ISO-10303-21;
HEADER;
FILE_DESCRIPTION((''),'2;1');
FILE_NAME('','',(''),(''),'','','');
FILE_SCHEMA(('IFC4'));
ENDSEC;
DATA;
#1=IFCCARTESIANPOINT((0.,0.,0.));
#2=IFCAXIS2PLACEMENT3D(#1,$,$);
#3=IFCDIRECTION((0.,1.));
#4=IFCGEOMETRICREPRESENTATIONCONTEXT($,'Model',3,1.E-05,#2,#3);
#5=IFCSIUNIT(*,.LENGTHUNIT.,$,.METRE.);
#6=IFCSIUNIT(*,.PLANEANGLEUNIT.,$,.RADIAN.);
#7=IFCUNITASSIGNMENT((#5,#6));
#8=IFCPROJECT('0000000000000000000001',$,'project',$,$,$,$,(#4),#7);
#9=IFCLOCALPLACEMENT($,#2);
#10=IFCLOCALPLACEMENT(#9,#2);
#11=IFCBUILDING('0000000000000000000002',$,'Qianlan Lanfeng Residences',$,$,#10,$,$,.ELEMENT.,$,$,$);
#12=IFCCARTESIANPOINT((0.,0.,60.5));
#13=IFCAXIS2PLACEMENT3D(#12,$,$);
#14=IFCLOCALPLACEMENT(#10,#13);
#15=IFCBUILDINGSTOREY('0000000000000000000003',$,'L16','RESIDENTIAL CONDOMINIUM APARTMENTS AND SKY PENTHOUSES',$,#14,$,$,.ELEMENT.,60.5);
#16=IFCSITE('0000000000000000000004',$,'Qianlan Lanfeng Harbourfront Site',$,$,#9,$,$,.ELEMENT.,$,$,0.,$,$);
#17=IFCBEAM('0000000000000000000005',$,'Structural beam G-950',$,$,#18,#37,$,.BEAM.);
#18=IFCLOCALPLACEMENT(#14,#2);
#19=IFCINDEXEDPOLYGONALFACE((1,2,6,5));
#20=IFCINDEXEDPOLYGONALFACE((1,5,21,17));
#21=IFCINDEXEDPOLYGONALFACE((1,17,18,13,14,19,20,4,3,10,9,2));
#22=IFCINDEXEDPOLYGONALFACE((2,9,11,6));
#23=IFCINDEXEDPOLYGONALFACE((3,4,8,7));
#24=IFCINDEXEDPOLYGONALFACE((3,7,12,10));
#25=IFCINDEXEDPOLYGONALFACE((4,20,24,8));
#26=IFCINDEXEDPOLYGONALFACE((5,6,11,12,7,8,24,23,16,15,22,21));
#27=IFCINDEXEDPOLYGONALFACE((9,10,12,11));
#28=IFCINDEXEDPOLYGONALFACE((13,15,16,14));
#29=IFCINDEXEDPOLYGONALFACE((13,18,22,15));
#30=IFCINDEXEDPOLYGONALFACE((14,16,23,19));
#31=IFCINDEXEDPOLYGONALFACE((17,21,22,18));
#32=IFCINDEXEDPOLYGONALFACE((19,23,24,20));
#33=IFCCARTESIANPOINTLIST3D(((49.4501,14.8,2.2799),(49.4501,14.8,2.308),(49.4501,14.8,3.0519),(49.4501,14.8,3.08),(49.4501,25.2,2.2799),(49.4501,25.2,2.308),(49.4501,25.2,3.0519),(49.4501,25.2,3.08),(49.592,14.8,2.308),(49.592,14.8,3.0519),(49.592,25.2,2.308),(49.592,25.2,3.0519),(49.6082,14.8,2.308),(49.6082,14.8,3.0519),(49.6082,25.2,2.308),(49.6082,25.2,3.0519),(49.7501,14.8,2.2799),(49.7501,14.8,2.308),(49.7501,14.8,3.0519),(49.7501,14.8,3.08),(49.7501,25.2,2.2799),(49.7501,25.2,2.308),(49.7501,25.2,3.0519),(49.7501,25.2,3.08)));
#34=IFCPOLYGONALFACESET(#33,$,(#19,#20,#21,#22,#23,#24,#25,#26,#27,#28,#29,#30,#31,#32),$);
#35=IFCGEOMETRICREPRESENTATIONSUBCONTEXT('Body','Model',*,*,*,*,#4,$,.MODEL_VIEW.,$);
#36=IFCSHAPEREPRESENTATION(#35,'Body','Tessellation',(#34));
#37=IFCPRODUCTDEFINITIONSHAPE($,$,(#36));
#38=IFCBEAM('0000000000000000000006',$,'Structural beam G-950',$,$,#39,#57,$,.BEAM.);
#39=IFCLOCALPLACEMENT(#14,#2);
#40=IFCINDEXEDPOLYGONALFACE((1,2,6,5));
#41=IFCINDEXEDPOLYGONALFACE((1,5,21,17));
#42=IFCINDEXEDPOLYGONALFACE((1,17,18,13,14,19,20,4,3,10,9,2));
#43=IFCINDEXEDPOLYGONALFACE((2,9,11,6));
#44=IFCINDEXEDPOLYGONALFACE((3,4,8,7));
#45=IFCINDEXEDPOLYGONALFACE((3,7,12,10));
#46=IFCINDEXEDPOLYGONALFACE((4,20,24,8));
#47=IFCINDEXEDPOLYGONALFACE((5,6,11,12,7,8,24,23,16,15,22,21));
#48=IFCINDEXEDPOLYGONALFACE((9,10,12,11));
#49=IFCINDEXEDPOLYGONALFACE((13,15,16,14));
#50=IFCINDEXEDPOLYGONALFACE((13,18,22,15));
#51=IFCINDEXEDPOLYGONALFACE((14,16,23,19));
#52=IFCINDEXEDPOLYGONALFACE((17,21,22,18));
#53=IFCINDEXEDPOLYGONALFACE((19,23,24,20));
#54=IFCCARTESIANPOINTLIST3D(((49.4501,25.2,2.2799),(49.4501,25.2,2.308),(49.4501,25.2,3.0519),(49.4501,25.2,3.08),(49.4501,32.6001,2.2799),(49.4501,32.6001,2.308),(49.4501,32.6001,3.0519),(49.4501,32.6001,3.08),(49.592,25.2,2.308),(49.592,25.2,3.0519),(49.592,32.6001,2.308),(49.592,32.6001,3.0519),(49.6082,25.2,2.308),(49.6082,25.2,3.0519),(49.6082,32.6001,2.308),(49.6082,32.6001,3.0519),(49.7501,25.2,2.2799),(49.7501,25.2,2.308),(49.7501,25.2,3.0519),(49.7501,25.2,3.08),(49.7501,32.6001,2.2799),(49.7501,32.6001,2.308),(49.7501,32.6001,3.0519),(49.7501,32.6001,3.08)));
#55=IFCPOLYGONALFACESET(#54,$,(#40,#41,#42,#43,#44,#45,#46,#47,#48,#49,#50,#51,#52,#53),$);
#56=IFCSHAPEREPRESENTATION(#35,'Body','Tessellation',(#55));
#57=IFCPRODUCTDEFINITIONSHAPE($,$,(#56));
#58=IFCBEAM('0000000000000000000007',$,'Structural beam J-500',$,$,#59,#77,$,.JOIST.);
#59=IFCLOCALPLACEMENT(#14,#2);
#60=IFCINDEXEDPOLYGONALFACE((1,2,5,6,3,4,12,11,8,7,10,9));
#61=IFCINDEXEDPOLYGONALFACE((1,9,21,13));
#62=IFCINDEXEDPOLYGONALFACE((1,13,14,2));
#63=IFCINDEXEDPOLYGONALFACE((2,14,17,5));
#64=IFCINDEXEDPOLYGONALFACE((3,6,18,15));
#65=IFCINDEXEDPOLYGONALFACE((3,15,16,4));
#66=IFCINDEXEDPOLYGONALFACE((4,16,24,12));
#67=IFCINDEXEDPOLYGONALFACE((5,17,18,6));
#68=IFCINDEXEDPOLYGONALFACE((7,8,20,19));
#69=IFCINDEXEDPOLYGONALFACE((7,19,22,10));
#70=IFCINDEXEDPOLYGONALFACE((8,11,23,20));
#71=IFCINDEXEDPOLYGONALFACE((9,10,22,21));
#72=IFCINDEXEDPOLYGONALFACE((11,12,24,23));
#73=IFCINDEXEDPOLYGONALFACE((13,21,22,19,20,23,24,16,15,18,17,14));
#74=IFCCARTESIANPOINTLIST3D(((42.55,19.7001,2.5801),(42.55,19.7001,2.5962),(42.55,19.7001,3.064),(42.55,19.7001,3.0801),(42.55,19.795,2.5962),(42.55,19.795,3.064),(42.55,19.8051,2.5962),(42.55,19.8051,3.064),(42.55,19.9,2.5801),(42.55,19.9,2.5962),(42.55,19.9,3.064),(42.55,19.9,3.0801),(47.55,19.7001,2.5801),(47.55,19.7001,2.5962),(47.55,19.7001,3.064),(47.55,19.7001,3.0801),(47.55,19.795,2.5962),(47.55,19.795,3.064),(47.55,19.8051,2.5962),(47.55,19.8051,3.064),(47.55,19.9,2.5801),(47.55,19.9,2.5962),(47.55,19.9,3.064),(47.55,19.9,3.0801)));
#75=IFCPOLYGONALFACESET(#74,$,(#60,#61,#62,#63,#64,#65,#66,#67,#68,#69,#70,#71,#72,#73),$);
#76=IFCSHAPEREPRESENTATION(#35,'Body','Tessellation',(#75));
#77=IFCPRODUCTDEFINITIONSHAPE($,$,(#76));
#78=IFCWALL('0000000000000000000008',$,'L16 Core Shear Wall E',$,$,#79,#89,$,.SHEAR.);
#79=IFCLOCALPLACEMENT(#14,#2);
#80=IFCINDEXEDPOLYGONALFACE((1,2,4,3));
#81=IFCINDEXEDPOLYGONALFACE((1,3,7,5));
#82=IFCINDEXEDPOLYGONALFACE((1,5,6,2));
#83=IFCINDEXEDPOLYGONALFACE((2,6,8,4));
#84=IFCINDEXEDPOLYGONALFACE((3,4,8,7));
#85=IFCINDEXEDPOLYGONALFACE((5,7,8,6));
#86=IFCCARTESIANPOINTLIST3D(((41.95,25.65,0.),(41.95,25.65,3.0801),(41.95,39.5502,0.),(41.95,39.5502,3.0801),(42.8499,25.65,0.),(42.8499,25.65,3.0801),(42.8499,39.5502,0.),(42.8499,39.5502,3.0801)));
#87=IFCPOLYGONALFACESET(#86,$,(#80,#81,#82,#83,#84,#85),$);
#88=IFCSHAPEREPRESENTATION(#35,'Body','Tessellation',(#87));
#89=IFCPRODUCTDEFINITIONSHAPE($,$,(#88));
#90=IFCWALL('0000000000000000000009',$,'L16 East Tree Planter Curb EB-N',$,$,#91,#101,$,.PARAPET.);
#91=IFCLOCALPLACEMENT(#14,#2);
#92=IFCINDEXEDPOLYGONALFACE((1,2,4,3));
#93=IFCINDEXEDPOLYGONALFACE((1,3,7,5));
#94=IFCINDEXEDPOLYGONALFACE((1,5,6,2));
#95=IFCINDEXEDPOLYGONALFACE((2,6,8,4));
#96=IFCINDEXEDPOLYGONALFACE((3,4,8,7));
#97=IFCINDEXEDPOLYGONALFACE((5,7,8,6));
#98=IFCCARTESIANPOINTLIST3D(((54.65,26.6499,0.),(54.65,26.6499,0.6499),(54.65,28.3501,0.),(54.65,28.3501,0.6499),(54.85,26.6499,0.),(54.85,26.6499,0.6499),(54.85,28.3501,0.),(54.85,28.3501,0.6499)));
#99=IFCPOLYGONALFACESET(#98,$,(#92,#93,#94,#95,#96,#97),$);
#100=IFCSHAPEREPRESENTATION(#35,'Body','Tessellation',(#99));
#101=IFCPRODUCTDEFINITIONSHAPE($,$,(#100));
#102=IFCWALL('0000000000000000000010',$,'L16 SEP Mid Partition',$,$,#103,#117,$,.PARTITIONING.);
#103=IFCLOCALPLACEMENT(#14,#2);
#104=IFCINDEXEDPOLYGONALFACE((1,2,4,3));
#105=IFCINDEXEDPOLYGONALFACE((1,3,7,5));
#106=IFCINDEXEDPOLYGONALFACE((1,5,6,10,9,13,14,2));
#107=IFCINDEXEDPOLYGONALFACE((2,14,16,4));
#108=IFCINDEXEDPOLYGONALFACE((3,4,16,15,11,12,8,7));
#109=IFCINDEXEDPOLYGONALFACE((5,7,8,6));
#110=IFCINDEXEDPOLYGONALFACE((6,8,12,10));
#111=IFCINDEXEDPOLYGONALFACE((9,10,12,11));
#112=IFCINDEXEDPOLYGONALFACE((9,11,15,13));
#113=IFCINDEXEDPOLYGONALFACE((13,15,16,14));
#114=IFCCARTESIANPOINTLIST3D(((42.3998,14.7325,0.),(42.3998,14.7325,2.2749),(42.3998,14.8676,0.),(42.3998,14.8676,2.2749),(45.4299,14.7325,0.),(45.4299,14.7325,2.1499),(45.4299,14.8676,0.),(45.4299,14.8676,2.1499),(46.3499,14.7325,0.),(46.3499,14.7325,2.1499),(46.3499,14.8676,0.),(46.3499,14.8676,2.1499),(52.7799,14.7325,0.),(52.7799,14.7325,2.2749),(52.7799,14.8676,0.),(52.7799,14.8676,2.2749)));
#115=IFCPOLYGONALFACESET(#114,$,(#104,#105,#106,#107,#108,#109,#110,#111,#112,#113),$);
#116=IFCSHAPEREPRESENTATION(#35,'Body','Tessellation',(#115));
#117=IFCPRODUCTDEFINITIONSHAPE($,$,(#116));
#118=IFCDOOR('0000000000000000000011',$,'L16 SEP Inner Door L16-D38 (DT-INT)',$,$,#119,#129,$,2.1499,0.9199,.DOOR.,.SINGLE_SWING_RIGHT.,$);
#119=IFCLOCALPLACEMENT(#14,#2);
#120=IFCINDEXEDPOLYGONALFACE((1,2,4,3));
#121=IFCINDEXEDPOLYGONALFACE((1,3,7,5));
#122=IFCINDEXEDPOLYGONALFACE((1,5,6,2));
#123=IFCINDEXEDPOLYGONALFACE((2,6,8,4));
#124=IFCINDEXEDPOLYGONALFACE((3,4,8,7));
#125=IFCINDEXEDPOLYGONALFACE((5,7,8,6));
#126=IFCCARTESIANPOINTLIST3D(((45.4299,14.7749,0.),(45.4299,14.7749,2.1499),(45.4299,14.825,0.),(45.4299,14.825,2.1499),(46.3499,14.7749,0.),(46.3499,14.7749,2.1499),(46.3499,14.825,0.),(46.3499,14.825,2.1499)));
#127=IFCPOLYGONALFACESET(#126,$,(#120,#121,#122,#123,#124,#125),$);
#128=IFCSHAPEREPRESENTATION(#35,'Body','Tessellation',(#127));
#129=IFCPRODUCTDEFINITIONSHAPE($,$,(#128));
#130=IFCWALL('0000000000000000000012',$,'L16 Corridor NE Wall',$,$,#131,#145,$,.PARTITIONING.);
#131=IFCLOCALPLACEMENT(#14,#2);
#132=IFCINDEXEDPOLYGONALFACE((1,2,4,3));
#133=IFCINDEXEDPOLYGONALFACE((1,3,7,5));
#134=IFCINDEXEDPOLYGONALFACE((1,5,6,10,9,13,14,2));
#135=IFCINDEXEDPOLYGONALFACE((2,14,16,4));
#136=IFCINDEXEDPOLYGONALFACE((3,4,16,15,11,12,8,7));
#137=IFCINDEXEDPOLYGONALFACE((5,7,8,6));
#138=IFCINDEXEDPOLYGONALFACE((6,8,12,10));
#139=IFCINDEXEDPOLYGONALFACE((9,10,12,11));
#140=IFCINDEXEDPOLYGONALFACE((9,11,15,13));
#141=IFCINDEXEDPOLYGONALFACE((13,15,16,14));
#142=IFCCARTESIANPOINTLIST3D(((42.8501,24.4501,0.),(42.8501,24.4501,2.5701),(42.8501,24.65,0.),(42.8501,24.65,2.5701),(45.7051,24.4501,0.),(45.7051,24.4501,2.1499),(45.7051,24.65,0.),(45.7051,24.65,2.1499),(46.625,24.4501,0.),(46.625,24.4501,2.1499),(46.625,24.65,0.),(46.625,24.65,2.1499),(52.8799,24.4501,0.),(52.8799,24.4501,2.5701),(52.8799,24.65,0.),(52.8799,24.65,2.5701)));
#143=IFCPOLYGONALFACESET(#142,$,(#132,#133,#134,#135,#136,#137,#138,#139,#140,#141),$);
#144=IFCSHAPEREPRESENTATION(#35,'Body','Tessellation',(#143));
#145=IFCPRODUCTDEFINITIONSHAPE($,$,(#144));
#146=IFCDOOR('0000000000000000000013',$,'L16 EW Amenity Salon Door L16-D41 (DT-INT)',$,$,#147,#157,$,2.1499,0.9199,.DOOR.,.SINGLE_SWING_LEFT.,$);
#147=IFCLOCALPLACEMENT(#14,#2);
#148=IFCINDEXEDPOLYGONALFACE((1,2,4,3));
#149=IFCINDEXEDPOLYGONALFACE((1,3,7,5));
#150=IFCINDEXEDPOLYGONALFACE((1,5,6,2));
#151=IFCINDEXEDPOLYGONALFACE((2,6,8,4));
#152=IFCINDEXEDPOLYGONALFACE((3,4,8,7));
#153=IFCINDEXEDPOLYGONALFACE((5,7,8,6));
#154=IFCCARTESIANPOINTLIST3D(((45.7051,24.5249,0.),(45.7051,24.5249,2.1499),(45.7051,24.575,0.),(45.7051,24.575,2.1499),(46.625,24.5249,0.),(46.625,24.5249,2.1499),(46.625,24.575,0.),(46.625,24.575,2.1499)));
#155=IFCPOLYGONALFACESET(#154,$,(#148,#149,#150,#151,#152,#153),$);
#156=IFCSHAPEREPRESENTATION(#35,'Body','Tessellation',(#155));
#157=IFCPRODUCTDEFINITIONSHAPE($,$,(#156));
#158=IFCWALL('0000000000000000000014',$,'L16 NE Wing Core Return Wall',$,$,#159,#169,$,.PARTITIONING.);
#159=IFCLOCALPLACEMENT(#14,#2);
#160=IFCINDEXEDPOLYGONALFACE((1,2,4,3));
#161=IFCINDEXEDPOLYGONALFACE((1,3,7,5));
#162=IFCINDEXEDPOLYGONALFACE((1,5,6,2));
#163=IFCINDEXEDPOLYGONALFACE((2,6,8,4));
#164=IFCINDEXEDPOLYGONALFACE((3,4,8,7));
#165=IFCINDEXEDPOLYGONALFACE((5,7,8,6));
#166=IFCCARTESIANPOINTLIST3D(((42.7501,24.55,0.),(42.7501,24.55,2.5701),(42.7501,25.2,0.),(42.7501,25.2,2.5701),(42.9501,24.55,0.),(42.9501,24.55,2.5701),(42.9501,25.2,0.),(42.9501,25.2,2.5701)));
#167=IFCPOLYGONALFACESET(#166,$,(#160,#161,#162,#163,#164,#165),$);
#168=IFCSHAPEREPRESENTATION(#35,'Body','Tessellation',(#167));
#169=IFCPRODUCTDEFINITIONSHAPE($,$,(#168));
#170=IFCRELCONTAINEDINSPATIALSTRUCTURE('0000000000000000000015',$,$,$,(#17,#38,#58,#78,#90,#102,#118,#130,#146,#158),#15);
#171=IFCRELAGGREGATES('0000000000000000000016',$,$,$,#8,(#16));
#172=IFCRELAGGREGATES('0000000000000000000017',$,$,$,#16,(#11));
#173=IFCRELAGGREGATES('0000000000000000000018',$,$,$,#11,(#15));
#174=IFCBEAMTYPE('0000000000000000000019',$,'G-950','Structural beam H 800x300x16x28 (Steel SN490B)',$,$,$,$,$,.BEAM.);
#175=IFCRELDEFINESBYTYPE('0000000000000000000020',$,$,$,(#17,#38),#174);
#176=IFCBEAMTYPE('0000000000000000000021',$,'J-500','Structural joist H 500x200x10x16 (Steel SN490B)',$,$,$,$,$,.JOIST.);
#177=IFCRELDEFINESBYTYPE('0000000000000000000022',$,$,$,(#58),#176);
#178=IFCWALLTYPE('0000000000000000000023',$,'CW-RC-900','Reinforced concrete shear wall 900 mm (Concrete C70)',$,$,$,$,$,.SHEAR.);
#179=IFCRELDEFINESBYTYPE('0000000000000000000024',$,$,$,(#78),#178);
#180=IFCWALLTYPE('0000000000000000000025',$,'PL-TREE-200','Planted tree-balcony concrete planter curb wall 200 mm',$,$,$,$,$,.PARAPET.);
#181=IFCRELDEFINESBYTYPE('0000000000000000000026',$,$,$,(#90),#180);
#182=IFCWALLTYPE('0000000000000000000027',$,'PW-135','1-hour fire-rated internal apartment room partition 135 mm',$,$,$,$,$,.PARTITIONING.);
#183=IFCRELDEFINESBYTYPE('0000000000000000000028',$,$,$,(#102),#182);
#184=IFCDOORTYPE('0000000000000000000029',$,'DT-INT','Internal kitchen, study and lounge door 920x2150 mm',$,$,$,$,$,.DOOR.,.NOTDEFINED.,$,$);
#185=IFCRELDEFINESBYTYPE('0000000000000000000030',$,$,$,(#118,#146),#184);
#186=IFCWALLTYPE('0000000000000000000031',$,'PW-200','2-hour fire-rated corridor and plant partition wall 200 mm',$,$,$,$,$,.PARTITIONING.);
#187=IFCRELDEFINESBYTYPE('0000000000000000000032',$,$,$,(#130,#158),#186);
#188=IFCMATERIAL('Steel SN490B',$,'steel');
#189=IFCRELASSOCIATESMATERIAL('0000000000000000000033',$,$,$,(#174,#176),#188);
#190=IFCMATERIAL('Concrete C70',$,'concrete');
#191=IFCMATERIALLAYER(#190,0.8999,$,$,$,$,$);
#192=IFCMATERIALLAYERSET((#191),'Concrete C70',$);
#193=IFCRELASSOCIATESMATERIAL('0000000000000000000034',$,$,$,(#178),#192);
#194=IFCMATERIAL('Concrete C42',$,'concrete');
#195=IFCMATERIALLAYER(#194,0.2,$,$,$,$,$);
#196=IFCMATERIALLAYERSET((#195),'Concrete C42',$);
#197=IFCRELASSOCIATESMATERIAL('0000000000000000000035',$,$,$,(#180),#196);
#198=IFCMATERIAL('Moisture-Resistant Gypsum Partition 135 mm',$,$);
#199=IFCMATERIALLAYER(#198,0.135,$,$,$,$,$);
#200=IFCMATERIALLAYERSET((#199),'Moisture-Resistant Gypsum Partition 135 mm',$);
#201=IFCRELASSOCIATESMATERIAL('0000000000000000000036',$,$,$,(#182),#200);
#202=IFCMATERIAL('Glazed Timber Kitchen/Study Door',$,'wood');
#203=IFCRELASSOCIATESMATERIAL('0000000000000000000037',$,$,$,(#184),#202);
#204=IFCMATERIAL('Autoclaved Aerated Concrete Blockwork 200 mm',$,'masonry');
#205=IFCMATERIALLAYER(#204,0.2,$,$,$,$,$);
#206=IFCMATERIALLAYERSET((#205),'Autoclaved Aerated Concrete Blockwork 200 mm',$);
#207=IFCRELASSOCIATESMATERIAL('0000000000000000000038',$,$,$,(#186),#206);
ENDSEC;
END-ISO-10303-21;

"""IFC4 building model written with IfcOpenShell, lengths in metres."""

from ifc_helpers import new_model, si_unit, direction, frame, frame_2d, origin, origin_2d, place, context, subcontext, project, spatial, rectangle, i_section, extrude, material, layer, layer_set, material_profile, profile_set, type_object, element, fill, save


model = new_model("IFC4")

# Units and contexts
model_context = context("Model", 3, precision=1e-05, world=origin(), true_north=direction((0.0, 1.0)))
body_context = subcontext(model_context, "Body", "Model", "MODEL_VIEW")
ifc_project = project(units=[si_unit("LENGTHUNIT", "METRE"), si_unit("PLANEANGLEUNIT", "RADIAN")], contexts=[model_context])

# Site, building, storey
site_placement = place(None, origin())
site = spatial("IfcSite", under=ifc_project, at=site_placement, Name="Qianlan Lanfeng Harbourfront Site", CompositionType="ELEMENT", RefElevation=0.0)
building_placement = place(site_placement, origin())
building = spatial("IfcBuilding", under=site, at=building_placement, Name="Qianlan Lanfeng Residences", CompositionType="ELEMENT")
storey_placement = place(building_placement, frame((0.0, 0.0, 60.5)))
storey = spatial("IfcBuildingStorey", under=building, at=storey_placement, Name="L16", Description="RESIDENTIAL CONDOMINIUM APARTMENTS AND SKY PENTHOUSES", CompositionType="ELEMENT", Elevation=60.5)

# Shared definitions
ifc_material_1 = material(Name="Steel SN490B", Category="steel")

# Beams
ifc_material_profile_1 = material_profile(ifc_material_1, i_section(OverallWidth=0.3, OverallDepth=0.8, WebThickness=0.0161, FlangeThickness=0.0281, at=origin_2d()), Name="H 800x300x16x28")
ifc_profile_set_1 = profile_set([ifc_material_profile_1], Name="Steel SN490B")
beam_type_1 = type_object("IfcBeamType", Name="G-950", Description="Structural beam H 800x300x16x28 (Steel SN490B)", PredefinedType="BEAM", material=ifc_profile_set_1)
beam_1_placement = place(storey_placement, frame((49.6001, 14.8, 2.6799), z_axis=(0.0, 1.0, 0.0), x_axis=(-1.0, 0.0, 0.0)))
element("IfcBeam", 1, at=beam_1_placement, inside=storey, type_object=beam_type_1, Name="Structural beam G-950", PredefinedType="BEAM", context=body_context, shape_type="SweptSolid", body=[
    extrude(i_section(OverallWidth=0.3, OverallDepth=0.8, WebThickness=0.0161, FlangeThickness=0.0281, at=origin_2d()), origin(), (0.0, 0.0, 1.0), 10.3999),
])
beam_2_placement = place(storey_placement, frame((49.6001, 25.2, 2.6799), z_axis=(0.0, 1.0, 0.0), x_axis=(-1.0, 0.0, 0.0)))
element("IfcBeam", 2, at=beam_2_placement, inside=storey, type_object=beam_type_1, Name="Structural beam G-950", PredefinedType="BEAM", context=body_context, shape_type="SweptSolid", body=[
    extrude(i_section(OverallWidth=0.3, OverallDepth=0.8, WebThickness=0.0161, FlangeThickness=0.0281, at=origin_2d()), origin(), (0.0, 0.0, 1.0), 7.4001),
])
ifc_material_profile_2 = material_profile(ifc_material_1, i_section(OverallWidth=0.2, OverallDepth=0.5, WebThickness=0.01, FlangeThickness=0.0161, at=origin_2d()), Name="H 500x200x10x16")
ifc_profile_set_2 = profile_set([ifc_material_profile_2], Name="Steel SN490B")
beam_type_2 = type_object("IfcBeamType", Name="J-500", Description="Structural joist H 500x200x10x16 (Steel SN490B)", PredefinedType="JOIST", material=ifc_profile_set_2)
beam_3_placement = place(storey_placement, frame((42.55, 19.8, 2.8301), z_axis=(1.0, 0.0, 0.0), x_axis=(0.0, 1.0, 0.0)))
element("IfcBeam", 3, at=beam_3_placement, inside=storey, type_object=beam_type_2, Name="Structural beam J-500", PredefinedType="JOIST", context=body_context, shape_type="SweptSolid", body=[
    extrude(i_section(OverallWidth=0.2, OverallDepth=0.5, WebThickness=0.01, FlangeThickness=0.0161, at=origin_2d()), origin(), (0.0, 0.0, 1.0), 5.0),
])

# Walls
ifc_material_2 = material(Name="Concrete C70", Category="concrete")
ifc_layer_1 = layer(ifc_material_2, 0.8999)
ifc_layer_set_1 = layer_set([ifc_layer_1], Name="Concrete C70")
wall_type_1 = type_object("IfcWallType", Name="CW-RC-900", Description="Reinforced concrete shear wall 900 mm (Concrete C70)", PredefinedType="SHEAR", material=ifc_layer_set_1)
wall_1_placement = place(storey_placement, frame((42.3999, 25.6499, 0.0), z_axis=(0.0, 0.0, 1.0), x_axis=(0.0, 1.0, 0.0)))
element("IfcWall", 4, at=wall_1_placement, inside=storey, type_object=wall_type_1, Name="L16 Core Shear Wall E", PredefinedType="SHEAR", context=body_context, shape_type="SweptSolid", body=[
    extrude(rectangle(XDim=13.9001, YDim=0.8999, at=frame_2d((6.9502, 0.0))), origin(), (0.0, 0.0, 1.0), 3.0801),
])
ifc_material_3 = material(Name="Concrete C42", Category="concrete")
ifc_layer_2 = layer(ifc_material_3, 0.2)
ifc_layer_set_2 = layer_set([ifc_layer_2], Name="Concrete C42")
wall_type_2 = type_object("IfcWallType", Name="PL-TREE-200", Description="Planted tree-balcony concrete planter curb wall 200 mm", PredefinedType="PARAPET", material=ifc_layer_set_2)
wall_2_placement = place(storey_placement, frame((54.75, 26.6499, 0.0), z_axis=(0.0, 0.0, 1.0), x_axis=(0.0, 1.0, 0.0)))
element("IfcWall", 5, at=wall_2_placement, inside=storey, type_object=wall_type_2, Name="L16 East Tree Planter Curb EB-N", PredefinedType="PARAPET", context=body_context, shape_type="SweptSolid", body=[
    extrude(rectangle(XDim=1.7002, YDim=0.2, at=frame_2d((0.8501, 0.0))), origin(), (0.0, 0.0, 1.0), 0.6499),
])

# Walls, openings, doors
ifc_material_4 = material(Name="Moisture-Resistant Gypsum Partition 135 mm")
ifc_layer_3 = layer(ifc_material_4, 0.135)
ifc_layer_set_3 = layer_set([ifc_layer_3], Name="Moisture-Resistant Gypsum Partition 135 mm")
wall_type_3 = type_object("IfcWallType", Name="PW-135", Description="1-hour fire-rated internal apartment room partition 135 mm", PredefinedType="PARTITIONING", material=ifc_layer_set_3)
wall_3_placement = place(storey_placement, frame((42.3999, 14.8, 0.0), z_axis=(0.0, 0.0, 1.0), x_axis=(1.0, 0.0, 0.0)))
wall_3 = element("IfcWall", 6, at=wall_3_placement, inside=storey, type_object=wall_type_3, Name="L16 SEP Mid Partition", PredefinedType="PARTITIONING", context=body_context, shape_type="SweptSolid", body=[
    extrude(rectangle(XDim=10.3801, YDim=0.135, at=frame_2d((5.1899, 0.0))), origin(), (0.0, 0.0, 1.0), 2.2749),
])
opening_1_placement = place(wall_3_placement, frame((3.03, 0.0, 0.0)))
opening_1 = element("IfcOpeningElement", 7, at=opening_1_placement, cuts=wall_3, PredefinedType="OPENING", context=body_context, shape_type="SweptSolid", body=[
    extrude(rectangle(XDim=0.9199, YDim=2.1499, at=frame_2d((0.46, 1.075))), frame((0.0, 0.0776, 0.0), z_axis=(0.0, -1.0, 0.0), x_axis=(1.0, 0.0, 0.0)), (0.0, 0.0, 1.0), 0.155),
])
ifc_material_5 = material(Name="Glazed Timber Kitchen/Study Door", Category="wood")
door_type = type_object("IfcDoorType", Name="DT-INT", Description="Internal kitchen, study and lounge door 920x2150 mm", OperationType="NOTDEFINED", PredefinedType="DOOR", material=ifc_material_5)
door_1_placement = place(opening_1_placement, origin())
door_1 = element("IfcDoor", 8, at=door_1_placement, inside=storey, type_object=door_type, Name="L16 SEP Inner Door L16-D38 (DT-INT)", OperationType="SINGLE_SWING_RIGHT", OverallHeight=2.1499, OverallWidth=0.9199, PredefinedType="DOOR", context=body_context, shape_type="SweptSolid", body=[
    extrude(rectangle(XDim=0.9199, YDim=2.1499, at=frame_2d((0.46, 1.075))), frame((0.0, 0.0249, 0.0), z_axis=(0.0, -1.0, 0.0), x_axis=(1.0, 0.0, 0.0)), (0.0, 0.0, 1.0), 0.05),
])
fill(opening_1, door_1)
ifc_material_6 = material(Name="Autoclaved Aerated Concrete Blockwork 200 mm", Category="masonry")
ifc_layer_4 = layer(ifc_material_6, 0.2)
ifc_layer_set_4 = layer_set([ifc_layer_4], Name="Autoclaved Aerated Concrete Blockwork 200 mm")
wall_type_4 = type_object("IfcWallType", Name="PW-200", Description="2-hour fire-rated corridor and plant partition wall 200 mm", PredefinedType="PARTITIONING", material=ifc_layer_set_4)
wall_4_placement = place(storey_placement, frame((42.8501, 24.55, 0.0), z_axis=(0.0, 0.0, 1.0), x_axis=(1.0, 0.0, 0.0)))
wall_4 = element("IfcWall", 9, at=wall_4_placement, inside=storey, type_object=wall_type_4, Name="L16 Corridor NE Wall", PredefinedType="PARTITIONING", context=body_context, shape_type="SweptSolid", body=[
    extrude(rectangle(XDim=10.0298, YDim=0.2, at=frame_2d((5.0149, 0.0))), origin(), (0.0, 0.0, 1.0), 2.5701),
])
opening_2_placement = place(wall_4_placement, frame((2.855, 0.0, 0.0)))
opening_2 = element("IfcOpeningElement", 10, at=opening_2_placement, cuts=wall_4, PredefinedType="OPENING", context=body_context, shape_type="SweptSolid", body=[
    extrude(rectangle(XDim=0.9199, YDim=2.1499, at=frame_2d((0.46, 1.075))), frame((0.0, 0.1099, 0.0), z_axis=(0.0, -1.0, 0.0), x_axis=(1.0, 0.0, 0.0)), (0.0, 0.0, 1.0), 0.22),
])
door_2_placement = place(opening_2_placement, origin())
door_2 = element("IfcDoor", 11, at=door_2_placement, inside=storey, type_object=door_type, Name="L16 EW Amenity Salon Door L16-D41 (DT-INT)", OperationType="SINGLE_SWING_LEFT", OverallHeight=2.1499, OverallWidth=0.9199, PredefinedType="DOOR", context=body_context, shape_type="SweptSolid", body=[
    extrude(rectangle(XDim=0.9199, YDim=2.1499, at=frame_2d((0.46, 1.075))), frame((0.0, 0.0249, 0.0), z_axis=(0.0, -1.0, 0.0), x_axis=(1.0, 0.0, 0.0)), (0.0, 0.0, 1.0), 0.05),
])
fill(opening_2, door_2)

# Wall
wall_5_placement = place(storey_placement, frame((42.8501, 24.55, 0.0), z_axis=(0.0, 0.0, 1.0), x_axis=(0.0, 1.0, 0.0)))
element("IfcWall", 12, at=wall_5_placement, inside=storey, type_object=wall_type_4, Name="L16 NE Wing Core Return Wall", PredefinedType="PARTITIONING", context=body_context, shape_type="SweptSolid", body=[
    extrude(rectangle(XDim=0.6499, YDim=0.2, at=frame_2d((0.325, 0.0))), origin(), (0.0, 0.0, 1.0), 2.5701),
])

save(model, "model.ifc")
